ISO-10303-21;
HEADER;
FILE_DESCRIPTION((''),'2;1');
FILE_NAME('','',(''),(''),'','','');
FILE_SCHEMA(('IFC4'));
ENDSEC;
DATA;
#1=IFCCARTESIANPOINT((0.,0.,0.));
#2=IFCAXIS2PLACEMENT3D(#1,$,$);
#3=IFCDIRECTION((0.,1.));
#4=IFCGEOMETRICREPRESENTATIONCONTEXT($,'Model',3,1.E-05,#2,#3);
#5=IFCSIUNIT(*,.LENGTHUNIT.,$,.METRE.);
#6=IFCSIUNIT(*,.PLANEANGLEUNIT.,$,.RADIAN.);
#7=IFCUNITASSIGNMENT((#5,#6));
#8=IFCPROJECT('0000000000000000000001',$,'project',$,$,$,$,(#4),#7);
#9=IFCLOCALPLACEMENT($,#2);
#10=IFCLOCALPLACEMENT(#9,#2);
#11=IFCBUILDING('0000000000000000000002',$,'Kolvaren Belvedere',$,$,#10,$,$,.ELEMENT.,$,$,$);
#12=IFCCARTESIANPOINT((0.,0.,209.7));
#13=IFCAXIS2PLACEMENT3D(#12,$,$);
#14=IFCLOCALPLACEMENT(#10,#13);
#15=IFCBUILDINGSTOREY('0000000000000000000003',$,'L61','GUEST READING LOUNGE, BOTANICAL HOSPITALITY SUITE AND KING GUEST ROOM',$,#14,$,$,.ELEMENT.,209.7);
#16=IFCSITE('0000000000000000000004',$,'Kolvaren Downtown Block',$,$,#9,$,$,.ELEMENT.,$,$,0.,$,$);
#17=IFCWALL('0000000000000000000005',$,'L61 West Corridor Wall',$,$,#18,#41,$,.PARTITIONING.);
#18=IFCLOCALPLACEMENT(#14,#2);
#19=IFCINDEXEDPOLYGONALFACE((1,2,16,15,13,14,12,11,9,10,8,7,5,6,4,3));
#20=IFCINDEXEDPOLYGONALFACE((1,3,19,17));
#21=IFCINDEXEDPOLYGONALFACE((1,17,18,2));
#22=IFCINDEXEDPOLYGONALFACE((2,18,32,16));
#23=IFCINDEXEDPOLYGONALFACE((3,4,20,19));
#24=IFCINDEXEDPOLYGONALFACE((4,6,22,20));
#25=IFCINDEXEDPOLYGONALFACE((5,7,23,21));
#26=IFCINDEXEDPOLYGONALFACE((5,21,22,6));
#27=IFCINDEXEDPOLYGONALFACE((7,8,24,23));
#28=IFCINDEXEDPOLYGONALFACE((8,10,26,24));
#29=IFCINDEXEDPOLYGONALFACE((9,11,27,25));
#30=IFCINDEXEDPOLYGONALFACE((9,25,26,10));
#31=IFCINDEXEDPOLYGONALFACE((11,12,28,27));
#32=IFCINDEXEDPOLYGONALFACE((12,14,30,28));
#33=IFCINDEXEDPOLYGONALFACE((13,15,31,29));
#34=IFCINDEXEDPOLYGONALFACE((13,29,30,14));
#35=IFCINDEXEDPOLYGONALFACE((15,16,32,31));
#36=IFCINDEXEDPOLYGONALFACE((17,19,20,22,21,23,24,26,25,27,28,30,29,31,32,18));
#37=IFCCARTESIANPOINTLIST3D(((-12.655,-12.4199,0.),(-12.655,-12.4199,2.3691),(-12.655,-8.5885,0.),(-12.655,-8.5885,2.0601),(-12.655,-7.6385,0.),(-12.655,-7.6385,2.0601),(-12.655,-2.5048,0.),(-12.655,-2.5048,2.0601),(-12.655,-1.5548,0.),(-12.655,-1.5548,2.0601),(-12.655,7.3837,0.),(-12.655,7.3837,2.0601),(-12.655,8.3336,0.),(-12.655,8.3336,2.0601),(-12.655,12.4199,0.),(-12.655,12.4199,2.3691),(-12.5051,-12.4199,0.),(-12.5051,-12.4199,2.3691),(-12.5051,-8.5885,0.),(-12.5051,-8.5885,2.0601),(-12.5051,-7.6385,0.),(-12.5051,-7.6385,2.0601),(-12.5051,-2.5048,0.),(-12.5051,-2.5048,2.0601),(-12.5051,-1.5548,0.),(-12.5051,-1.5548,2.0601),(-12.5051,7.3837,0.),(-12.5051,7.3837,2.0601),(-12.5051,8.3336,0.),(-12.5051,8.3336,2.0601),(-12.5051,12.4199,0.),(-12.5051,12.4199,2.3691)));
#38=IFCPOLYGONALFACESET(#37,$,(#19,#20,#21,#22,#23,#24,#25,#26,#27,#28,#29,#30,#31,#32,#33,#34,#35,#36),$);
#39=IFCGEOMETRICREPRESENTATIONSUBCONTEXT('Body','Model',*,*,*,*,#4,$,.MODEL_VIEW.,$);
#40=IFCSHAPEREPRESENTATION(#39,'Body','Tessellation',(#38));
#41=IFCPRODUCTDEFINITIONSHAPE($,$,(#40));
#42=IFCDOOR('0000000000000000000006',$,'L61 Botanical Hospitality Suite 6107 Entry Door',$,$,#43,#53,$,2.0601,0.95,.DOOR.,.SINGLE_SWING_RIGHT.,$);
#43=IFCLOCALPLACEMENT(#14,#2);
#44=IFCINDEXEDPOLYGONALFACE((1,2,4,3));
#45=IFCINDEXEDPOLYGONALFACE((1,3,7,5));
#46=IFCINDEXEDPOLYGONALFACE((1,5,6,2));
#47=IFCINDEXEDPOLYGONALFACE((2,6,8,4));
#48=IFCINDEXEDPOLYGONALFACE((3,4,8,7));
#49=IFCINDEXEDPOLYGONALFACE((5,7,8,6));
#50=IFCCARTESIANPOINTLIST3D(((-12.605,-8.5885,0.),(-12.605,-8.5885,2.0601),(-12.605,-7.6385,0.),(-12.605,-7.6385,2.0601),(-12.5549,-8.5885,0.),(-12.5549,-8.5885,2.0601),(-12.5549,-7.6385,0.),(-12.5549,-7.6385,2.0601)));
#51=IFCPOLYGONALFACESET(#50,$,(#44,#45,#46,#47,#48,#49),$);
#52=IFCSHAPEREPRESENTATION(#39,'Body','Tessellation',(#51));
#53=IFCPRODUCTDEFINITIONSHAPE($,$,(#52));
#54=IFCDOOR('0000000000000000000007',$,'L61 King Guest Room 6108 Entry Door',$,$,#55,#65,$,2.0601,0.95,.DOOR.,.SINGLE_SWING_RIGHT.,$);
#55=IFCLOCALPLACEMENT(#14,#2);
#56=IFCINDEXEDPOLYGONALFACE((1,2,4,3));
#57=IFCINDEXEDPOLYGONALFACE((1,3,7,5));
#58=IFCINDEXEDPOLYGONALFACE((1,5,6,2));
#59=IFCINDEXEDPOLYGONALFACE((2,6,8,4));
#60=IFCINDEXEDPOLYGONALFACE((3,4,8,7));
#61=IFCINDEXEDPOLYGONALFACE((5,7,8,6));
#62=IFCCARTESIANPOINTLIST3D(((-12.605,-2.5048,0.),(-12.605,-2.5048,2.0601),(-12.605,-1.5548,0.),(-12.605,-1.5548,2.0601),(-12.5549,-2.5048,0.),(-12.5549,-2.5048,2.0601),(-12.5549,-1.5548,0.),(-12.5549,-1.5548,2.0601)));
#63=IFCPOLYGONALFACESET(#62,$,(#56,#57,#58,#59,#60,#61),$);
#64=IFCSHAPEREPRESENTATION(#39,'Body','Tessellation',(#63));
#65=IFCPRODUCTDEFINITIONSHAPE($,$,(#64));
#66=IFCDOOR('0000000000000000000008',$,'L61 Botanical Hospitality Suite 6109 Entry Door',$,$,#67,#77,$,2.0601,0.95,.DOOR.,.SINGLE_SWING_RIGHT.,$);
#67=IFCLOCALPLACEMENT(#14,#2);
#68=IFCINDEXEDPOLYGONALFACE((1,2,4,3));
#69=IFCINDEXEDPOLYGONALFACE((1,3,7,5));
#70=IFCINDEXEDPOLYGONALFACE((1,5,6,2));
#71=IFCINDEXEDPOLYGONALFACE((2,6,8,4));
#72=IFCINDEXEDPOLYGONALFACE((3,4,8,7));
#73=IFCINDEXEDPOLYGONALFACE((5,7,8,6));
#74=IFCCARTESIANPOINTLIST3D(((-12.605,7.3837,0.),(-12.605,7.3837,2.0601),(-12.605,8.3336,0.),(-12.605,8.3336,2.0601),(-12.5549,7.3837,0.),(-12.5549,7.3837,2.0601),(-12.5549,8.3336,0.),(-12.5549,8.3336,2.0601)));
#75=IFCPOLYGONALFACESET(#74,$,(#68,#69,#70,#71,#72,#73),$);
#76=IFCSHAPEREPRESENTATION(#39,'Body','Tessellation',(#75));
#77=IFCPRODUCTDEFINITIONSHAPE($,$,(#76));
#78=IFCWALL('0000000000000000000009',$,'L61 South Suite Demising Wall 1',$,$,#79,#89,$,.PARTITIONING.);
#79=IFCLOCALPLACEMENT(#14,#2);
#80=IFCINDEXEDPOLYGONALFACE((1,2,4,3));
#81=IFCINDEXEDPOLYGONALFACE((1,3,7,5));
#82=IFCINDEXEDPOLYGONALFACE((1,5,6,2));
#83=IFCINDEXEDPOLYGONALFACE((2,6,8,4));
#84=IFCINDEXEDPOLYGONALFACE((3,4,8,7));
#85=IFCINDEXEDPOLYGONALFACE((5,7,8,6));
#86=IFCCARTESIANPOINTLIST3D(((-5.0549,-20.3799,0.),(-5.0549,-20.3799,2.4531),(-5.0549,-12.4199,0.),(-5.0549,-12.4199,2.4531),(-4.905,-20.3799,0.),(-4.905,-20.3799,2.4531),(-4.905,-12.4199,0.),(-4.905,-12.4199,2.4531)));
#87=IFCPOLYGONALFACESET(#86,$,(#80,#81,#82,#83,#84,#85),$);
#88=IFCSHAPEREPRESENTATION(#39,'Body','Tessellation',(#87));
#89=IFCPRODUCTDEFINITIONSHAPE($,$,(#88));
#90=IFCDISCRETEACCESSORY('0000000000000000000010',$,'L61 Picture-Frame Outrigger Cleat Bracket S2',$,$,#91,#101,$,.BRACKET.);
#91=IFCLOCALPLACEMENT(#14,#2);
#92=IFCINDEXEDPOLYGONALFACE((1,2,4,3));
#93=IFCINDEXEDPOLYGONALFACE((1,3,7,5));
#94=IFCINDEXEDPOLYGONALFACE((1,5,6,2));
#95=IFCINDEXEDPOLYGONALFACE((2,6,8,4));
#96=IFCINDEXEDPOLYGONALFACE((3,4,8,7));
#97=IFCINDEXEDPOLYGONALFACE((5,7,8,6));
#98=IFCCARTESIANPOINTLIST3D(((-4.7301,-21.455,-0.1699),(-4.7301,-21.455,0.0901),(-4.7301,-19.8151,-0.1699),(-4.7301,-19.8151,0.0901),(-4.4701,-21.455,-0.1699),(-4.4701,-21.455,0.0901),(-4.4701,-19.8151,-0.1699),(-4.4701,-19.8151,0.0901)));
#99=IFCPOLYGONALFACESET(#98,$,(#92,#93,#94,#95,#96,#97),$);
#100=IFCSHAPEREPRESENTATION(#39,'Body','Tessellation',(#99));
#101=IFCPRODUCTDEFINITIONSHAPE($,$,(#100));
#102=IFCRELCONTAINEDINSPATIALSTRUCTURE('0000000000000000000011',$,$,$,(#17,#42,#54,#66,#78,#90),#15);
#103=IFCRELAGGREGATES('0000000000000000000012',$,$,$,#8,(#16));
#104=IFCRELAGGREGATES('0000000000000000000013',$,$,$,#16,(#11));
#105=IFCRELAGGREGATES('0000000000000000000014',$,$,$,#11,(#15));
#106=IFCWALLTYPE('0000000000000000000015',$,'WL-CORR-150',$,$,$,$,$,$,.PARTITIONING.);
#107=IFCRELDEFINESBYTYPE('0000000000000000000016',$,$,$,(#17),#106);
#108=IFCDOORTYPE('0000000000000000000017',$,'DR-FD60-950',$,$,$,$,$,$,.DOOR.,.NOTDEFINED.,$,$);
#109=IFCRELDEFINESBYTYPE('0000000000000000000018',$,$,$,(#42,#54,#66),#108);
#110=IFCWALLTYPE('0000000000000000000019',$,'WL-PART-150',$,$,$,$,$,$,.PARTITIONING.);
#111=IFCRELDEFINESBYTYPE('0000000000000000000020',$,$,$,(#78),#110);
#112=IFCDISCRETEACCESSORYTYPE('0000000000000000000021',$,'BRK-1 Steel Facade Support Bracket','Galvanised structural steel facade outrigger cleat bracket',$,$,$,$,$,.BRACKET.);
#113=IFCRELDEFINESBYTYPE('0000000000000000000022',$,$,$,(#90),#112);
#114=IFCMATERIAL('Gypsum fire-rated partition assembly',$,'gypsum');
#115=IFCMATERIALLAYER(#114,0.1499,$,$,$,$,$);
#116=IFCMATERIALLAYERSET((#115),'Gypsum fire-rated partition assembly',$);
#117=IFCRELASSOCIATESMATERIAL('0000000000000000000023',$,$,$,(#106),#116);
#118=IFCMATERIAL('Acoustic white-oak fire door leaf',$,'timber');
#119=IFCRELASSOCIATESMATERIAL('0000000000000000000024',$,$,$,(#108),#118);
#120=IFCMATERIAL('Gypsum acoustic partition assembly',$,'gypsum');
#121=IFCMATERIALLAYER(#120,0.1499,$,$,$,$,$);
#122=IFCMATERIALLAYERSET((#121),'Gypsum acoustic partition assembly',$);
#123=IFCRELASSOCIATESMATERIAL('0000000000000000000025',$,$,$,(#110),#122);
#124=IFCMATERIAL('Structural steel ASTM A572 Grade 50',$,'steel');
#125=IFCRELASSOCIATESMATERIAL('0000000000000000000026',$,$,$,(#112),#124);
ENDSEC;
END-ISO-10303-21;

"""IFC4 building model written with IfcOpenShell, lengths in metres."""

from ifc_helpers import new_model, si_unit, direction, frame, frame_2d, origin, origin_2d, place, context, subcontext, project, spatial, rectangle, extrude, material, layer, layer_set, type_object, element, fill, save


model = new_model("IFC4")

# Units and contexts
model_context = context("Model", 3, precision=1e-05, world=origin(), true_north=direction((0.0, 1.0)))
body_context = subcontext(model_context, "Body", "Model", "MODEL_VIEW")
ifc_project = project(units=[si_unit("LENGTHUNIT", "METRE"), si_unit("PLANEANGLEUNIT", "RADIAN")], contexts=[model_context])

# Site, building, storey
site_placement = place(None, origin())
site = spatial("IfcSite", under=ifc_project, at=site_placement, Name="Kolvaren Downtown Block", CompositionType="ELEMENT", RefElevation=0.0)
building_placement = place(site_placement, origin())
building = spatial("IfcBuilding", under=site, at=building_placement, Name="Kolvaren Belvedere", CompositionType="ELEMENT")
storey_placement = place(building_placement, frame((0.0, 0.0, 209.7)))
storey = spatial("IfcBuildingStorey", under=building, at=storey_placement, Name="L61", Description="GUEST READING LOUNGE, BOTANICAL HOSPITALITY SUITE AND KING GUEST ROOM", CompositionType="ELEMENT", Elevation=209.7)

# Wall, openings, doors
ifc_material_1 = material(Name="Gypsum fire-rated partition assembly", Category="gypsum")
ifc_layer_1 = layer(ifc_material_1, 0.1499)
ifc_layer_set_1 = layer_set([ifc_layer_1], Name="Gypsum fire-rated partition assembly")
wall_type_1 = type_object("IfcWallType", Name="WL-CORR-150", PredefinedType="PARTITIONING", material=ifc_layer_set_1)
wall_1_placement = place(storey_placement, frame((-12.5801, -12.4199, 0.0), z_axis=(0.0, 0.0, 1.0), x_axis=(0.0, 1.0, 0.0)))
wall_1 = element("IfcWall", 1, at=wall_1_placement, inside=storey, type_object=wall_type_1, Name="L61 West Corridor Wall", PredefinedType="PARTITIONING", context=body_context, shape_type="SweptSolid", body=[
    extrude(rectangle(XDim=24.8398, YDim=0.1499, at=frame_2d((12.4199, 0.0))), origin(), (0.0, 0.0, 1.0), 2.3691),
])
opening_1_placement = place(wall_1_placement, frame((3.8313, 0.0, 0.0)))
opening_1 = element("IfcOpeningElement", 2, at=opening_1_placement, cuts=wall_1, PredefinedType="OPENING", context=body_context, shape_type="SweptSolid", body=[
    extrude(rectangle(XDim=0.95, YDim=2.0601, at=frame_2d((0.4751, 1.03))), frame((0.0, 0.085, 0.0), z_axis=(0.0, -1.0, 0.0), x_axis=(1.0, 0.0, 0.0)), (0.0, 0.0, 1.0), 0.1699),
])
opening_2_placement = place(wall_1_placement, frame((9.915, 0.0, 0.0)))
opening_2 = element("IfcOpeningElement", 3, at=opening_2_placement, cuts=wall_1, PredefinedType="OPENING", context=body_context, shape_type="SweptSolid", body=[
    extrude(rectangle(XDim=0.95, YDim=2.0601, at=frame_2d((0.4751, 1.03))), frame((0.0, 0.085, 0.0), z_axis=(0.0, -1.0, 0.0), x_axis=(1.0, 0.0, 0.0)), (0.0, 0.0, 1.0), 0.1699),
])
opening_3_placement = place(wall_1_placement, frame((19.8035, 0.0, 0.0)))
opening_3 = element("IfcOpeningElement", 4, at=opening_3_placement, cuts=wall_1, PredefinedType="OPENING", context=body_context, shape_type="SweptSolid", body=[
    extrude(rectangle(XDim=0.95, YDim=2.0601, at=frame_2d((0.4751, 1.03))), frame((0.0, 0.085, 0.0), z_axis=(0.0, -1.0, 0.0), x_axis=(1.0, 0.0, 0.0)), (0.0, 0.0, 1.0), 0.1699),
])
ifc_material_2 = material(Name="Acoustic white-oak fire door leaf", Category="timber")
door_type_1 = type_object("IfcDoorType", Name="DR-FD60-950", OperationType="NOTDEFINED", PredefinedType="DOOR", material=ifc_material_2)
door_1_placement = place(opening_1_placement, origin())
door_1 = element("IfcDoor", 5, at=door_1_placement, inside=storey, type_object=door_type_1, Name="L61 Botanical Hospitality Suite 6107 Entry Door", OperationType="SINGLE_SWING_RIGHT", OverallHeight=2.0601, OverallWidth=0.95, PredefinedType="DOOR", context=body_context, shape_type="SweptSolid", body=[
    extrude(rectangle(XDim=0.95, YDim=2.0601, at=frame_2d((0.4751, 1.03))), frame((0.0, 0.0249, 0.0), z_axis=(0.0, -1.0, 0.0), x_axis=(1.0, 0.0, 0.0)), (0.0, 0.0, 1.0), 0.05),
])
fill(opening_1, door_1)
door_2_placement = place(opening_2_placement, origin())
door_2 = element("IfcDoor", 6, at=door_2_placement, inside=storey, type_object=door_type_1, Name="L61 King Guest Room 6108 Entry Door", OperationType="SINGLE_SWING_RIGHT", OverallHeight=2.0601, OverallWidth=0.95, PredefinedType="DOOR", context=body_context, shape_type="SweptSolid", body=[
    extrude(rectangle(XDim=0.95, YDim=2.0601, at=frame_2d((0.4751, 1.03))), frame((0.0, 0.0249, 0.0), z_axis=(0.0, -1.0, 0.0), x_axis=(1.0, 0.0, 0.0)), (0.0, 0.0, 1.0), 0.05),
])
fill(opening_2, door_2)
door_3_placement = place(opening_3_placement, origin())
door_3 = element("IfcDoor", 7, at=door_3_placement, inside=storey, type_object=door_type_1, Name="L61 Botanical Hospitality Suite 6109 Entry Door", OperationType="SINGLE_SWING_RIGHT", OverallHeight=2.0601, OverallWidth=0.95, PredefinedType="DOOR", context=body_context, shape_type="SweptSolid", body=[
    extrude(rectangle(XDim=0.95, YDim=2.0601, at=frame_2d((0.4751, 1.03))), frame((0.0, 0.0249, 0.0), z_axis=(0.0, -1.0, 0.0), x_axis=(1.0, 0.0, 0.0)), (0.0, 0.0, 1.0), 0.05),
])
fill(opening_3, door_3)

# Wall
ifc_material_3 = material(Name="Gypsum acoustic partition assembly", Category="gypsum")
ifc_layer_2 = layer(ifc_material_3, 0.1499)
ifc_layer_set_2 = layer_set([ifc_layer_2], Name="Gypsum acoustic partition assembly")
wall_type_2 = type_object("IfcWallType", Name="WL-PART-150", PredefinedType="PARTITIONING", material=ifc_layer_set_2)
wall_2_placement = place(storey_placement, frame((-4.98, -20.3799, 0.0), z_axis=(0.0, 0.0, 1.0), x_axis=(0.0, 1.0, 0.0)))
element("IfcWall", 8, at=wall_2_placement, inside=storey, type_object=wall_type_2, Name="L61 South Suite Demising Wall 1", PredefinedType="PARTITIONING", context=body_context, shape_type="SweptSolid", body=[
    extrude(rectangle(XDim=7.96, YDim=0.1499, at=frame_2d((3.98, 0.0))), origin(), (0.0, 0.0, 1.0), 2.4531),
])

# Discrete accessory
ifc_material_4 = material(Name="Structural steel ASTM A572 Grade 50", Category="steel")
discrete_accessory_type = type_object("IfcDiscreteAccessoryType", Name="BRK-1 Steel Facade Support Bracket", Description="Galvanised structural steel facade outrigger cleat bracket", PredefinedType="BRACKET", material=ifc_material_4)
discrete_accessory_placement = place(storey_placement, frame((-4.6001, -20.635, -0.1699), z_axis=(0.0, 0.0, 1.0), x_axis=(0.0, 1.0, 0.0)))
element("IfcDiscreteAccessory", 9, at=discrete_accessory_placement, inside=storey, type_object=discrete_accessory_type, Name="L61 Picture-Frame Outrigger Cleat Bracket S2", PredefinedType="BRACKET", context=body_context, shape_type="SweptSolid", body=[
    extrude(rectangle(XDim=1.6399, YDim=0.26, at=origin_2d()), origin(), (0.0, 0.0, 1.0), 0.26),
])

save(model, "model.ifc")
